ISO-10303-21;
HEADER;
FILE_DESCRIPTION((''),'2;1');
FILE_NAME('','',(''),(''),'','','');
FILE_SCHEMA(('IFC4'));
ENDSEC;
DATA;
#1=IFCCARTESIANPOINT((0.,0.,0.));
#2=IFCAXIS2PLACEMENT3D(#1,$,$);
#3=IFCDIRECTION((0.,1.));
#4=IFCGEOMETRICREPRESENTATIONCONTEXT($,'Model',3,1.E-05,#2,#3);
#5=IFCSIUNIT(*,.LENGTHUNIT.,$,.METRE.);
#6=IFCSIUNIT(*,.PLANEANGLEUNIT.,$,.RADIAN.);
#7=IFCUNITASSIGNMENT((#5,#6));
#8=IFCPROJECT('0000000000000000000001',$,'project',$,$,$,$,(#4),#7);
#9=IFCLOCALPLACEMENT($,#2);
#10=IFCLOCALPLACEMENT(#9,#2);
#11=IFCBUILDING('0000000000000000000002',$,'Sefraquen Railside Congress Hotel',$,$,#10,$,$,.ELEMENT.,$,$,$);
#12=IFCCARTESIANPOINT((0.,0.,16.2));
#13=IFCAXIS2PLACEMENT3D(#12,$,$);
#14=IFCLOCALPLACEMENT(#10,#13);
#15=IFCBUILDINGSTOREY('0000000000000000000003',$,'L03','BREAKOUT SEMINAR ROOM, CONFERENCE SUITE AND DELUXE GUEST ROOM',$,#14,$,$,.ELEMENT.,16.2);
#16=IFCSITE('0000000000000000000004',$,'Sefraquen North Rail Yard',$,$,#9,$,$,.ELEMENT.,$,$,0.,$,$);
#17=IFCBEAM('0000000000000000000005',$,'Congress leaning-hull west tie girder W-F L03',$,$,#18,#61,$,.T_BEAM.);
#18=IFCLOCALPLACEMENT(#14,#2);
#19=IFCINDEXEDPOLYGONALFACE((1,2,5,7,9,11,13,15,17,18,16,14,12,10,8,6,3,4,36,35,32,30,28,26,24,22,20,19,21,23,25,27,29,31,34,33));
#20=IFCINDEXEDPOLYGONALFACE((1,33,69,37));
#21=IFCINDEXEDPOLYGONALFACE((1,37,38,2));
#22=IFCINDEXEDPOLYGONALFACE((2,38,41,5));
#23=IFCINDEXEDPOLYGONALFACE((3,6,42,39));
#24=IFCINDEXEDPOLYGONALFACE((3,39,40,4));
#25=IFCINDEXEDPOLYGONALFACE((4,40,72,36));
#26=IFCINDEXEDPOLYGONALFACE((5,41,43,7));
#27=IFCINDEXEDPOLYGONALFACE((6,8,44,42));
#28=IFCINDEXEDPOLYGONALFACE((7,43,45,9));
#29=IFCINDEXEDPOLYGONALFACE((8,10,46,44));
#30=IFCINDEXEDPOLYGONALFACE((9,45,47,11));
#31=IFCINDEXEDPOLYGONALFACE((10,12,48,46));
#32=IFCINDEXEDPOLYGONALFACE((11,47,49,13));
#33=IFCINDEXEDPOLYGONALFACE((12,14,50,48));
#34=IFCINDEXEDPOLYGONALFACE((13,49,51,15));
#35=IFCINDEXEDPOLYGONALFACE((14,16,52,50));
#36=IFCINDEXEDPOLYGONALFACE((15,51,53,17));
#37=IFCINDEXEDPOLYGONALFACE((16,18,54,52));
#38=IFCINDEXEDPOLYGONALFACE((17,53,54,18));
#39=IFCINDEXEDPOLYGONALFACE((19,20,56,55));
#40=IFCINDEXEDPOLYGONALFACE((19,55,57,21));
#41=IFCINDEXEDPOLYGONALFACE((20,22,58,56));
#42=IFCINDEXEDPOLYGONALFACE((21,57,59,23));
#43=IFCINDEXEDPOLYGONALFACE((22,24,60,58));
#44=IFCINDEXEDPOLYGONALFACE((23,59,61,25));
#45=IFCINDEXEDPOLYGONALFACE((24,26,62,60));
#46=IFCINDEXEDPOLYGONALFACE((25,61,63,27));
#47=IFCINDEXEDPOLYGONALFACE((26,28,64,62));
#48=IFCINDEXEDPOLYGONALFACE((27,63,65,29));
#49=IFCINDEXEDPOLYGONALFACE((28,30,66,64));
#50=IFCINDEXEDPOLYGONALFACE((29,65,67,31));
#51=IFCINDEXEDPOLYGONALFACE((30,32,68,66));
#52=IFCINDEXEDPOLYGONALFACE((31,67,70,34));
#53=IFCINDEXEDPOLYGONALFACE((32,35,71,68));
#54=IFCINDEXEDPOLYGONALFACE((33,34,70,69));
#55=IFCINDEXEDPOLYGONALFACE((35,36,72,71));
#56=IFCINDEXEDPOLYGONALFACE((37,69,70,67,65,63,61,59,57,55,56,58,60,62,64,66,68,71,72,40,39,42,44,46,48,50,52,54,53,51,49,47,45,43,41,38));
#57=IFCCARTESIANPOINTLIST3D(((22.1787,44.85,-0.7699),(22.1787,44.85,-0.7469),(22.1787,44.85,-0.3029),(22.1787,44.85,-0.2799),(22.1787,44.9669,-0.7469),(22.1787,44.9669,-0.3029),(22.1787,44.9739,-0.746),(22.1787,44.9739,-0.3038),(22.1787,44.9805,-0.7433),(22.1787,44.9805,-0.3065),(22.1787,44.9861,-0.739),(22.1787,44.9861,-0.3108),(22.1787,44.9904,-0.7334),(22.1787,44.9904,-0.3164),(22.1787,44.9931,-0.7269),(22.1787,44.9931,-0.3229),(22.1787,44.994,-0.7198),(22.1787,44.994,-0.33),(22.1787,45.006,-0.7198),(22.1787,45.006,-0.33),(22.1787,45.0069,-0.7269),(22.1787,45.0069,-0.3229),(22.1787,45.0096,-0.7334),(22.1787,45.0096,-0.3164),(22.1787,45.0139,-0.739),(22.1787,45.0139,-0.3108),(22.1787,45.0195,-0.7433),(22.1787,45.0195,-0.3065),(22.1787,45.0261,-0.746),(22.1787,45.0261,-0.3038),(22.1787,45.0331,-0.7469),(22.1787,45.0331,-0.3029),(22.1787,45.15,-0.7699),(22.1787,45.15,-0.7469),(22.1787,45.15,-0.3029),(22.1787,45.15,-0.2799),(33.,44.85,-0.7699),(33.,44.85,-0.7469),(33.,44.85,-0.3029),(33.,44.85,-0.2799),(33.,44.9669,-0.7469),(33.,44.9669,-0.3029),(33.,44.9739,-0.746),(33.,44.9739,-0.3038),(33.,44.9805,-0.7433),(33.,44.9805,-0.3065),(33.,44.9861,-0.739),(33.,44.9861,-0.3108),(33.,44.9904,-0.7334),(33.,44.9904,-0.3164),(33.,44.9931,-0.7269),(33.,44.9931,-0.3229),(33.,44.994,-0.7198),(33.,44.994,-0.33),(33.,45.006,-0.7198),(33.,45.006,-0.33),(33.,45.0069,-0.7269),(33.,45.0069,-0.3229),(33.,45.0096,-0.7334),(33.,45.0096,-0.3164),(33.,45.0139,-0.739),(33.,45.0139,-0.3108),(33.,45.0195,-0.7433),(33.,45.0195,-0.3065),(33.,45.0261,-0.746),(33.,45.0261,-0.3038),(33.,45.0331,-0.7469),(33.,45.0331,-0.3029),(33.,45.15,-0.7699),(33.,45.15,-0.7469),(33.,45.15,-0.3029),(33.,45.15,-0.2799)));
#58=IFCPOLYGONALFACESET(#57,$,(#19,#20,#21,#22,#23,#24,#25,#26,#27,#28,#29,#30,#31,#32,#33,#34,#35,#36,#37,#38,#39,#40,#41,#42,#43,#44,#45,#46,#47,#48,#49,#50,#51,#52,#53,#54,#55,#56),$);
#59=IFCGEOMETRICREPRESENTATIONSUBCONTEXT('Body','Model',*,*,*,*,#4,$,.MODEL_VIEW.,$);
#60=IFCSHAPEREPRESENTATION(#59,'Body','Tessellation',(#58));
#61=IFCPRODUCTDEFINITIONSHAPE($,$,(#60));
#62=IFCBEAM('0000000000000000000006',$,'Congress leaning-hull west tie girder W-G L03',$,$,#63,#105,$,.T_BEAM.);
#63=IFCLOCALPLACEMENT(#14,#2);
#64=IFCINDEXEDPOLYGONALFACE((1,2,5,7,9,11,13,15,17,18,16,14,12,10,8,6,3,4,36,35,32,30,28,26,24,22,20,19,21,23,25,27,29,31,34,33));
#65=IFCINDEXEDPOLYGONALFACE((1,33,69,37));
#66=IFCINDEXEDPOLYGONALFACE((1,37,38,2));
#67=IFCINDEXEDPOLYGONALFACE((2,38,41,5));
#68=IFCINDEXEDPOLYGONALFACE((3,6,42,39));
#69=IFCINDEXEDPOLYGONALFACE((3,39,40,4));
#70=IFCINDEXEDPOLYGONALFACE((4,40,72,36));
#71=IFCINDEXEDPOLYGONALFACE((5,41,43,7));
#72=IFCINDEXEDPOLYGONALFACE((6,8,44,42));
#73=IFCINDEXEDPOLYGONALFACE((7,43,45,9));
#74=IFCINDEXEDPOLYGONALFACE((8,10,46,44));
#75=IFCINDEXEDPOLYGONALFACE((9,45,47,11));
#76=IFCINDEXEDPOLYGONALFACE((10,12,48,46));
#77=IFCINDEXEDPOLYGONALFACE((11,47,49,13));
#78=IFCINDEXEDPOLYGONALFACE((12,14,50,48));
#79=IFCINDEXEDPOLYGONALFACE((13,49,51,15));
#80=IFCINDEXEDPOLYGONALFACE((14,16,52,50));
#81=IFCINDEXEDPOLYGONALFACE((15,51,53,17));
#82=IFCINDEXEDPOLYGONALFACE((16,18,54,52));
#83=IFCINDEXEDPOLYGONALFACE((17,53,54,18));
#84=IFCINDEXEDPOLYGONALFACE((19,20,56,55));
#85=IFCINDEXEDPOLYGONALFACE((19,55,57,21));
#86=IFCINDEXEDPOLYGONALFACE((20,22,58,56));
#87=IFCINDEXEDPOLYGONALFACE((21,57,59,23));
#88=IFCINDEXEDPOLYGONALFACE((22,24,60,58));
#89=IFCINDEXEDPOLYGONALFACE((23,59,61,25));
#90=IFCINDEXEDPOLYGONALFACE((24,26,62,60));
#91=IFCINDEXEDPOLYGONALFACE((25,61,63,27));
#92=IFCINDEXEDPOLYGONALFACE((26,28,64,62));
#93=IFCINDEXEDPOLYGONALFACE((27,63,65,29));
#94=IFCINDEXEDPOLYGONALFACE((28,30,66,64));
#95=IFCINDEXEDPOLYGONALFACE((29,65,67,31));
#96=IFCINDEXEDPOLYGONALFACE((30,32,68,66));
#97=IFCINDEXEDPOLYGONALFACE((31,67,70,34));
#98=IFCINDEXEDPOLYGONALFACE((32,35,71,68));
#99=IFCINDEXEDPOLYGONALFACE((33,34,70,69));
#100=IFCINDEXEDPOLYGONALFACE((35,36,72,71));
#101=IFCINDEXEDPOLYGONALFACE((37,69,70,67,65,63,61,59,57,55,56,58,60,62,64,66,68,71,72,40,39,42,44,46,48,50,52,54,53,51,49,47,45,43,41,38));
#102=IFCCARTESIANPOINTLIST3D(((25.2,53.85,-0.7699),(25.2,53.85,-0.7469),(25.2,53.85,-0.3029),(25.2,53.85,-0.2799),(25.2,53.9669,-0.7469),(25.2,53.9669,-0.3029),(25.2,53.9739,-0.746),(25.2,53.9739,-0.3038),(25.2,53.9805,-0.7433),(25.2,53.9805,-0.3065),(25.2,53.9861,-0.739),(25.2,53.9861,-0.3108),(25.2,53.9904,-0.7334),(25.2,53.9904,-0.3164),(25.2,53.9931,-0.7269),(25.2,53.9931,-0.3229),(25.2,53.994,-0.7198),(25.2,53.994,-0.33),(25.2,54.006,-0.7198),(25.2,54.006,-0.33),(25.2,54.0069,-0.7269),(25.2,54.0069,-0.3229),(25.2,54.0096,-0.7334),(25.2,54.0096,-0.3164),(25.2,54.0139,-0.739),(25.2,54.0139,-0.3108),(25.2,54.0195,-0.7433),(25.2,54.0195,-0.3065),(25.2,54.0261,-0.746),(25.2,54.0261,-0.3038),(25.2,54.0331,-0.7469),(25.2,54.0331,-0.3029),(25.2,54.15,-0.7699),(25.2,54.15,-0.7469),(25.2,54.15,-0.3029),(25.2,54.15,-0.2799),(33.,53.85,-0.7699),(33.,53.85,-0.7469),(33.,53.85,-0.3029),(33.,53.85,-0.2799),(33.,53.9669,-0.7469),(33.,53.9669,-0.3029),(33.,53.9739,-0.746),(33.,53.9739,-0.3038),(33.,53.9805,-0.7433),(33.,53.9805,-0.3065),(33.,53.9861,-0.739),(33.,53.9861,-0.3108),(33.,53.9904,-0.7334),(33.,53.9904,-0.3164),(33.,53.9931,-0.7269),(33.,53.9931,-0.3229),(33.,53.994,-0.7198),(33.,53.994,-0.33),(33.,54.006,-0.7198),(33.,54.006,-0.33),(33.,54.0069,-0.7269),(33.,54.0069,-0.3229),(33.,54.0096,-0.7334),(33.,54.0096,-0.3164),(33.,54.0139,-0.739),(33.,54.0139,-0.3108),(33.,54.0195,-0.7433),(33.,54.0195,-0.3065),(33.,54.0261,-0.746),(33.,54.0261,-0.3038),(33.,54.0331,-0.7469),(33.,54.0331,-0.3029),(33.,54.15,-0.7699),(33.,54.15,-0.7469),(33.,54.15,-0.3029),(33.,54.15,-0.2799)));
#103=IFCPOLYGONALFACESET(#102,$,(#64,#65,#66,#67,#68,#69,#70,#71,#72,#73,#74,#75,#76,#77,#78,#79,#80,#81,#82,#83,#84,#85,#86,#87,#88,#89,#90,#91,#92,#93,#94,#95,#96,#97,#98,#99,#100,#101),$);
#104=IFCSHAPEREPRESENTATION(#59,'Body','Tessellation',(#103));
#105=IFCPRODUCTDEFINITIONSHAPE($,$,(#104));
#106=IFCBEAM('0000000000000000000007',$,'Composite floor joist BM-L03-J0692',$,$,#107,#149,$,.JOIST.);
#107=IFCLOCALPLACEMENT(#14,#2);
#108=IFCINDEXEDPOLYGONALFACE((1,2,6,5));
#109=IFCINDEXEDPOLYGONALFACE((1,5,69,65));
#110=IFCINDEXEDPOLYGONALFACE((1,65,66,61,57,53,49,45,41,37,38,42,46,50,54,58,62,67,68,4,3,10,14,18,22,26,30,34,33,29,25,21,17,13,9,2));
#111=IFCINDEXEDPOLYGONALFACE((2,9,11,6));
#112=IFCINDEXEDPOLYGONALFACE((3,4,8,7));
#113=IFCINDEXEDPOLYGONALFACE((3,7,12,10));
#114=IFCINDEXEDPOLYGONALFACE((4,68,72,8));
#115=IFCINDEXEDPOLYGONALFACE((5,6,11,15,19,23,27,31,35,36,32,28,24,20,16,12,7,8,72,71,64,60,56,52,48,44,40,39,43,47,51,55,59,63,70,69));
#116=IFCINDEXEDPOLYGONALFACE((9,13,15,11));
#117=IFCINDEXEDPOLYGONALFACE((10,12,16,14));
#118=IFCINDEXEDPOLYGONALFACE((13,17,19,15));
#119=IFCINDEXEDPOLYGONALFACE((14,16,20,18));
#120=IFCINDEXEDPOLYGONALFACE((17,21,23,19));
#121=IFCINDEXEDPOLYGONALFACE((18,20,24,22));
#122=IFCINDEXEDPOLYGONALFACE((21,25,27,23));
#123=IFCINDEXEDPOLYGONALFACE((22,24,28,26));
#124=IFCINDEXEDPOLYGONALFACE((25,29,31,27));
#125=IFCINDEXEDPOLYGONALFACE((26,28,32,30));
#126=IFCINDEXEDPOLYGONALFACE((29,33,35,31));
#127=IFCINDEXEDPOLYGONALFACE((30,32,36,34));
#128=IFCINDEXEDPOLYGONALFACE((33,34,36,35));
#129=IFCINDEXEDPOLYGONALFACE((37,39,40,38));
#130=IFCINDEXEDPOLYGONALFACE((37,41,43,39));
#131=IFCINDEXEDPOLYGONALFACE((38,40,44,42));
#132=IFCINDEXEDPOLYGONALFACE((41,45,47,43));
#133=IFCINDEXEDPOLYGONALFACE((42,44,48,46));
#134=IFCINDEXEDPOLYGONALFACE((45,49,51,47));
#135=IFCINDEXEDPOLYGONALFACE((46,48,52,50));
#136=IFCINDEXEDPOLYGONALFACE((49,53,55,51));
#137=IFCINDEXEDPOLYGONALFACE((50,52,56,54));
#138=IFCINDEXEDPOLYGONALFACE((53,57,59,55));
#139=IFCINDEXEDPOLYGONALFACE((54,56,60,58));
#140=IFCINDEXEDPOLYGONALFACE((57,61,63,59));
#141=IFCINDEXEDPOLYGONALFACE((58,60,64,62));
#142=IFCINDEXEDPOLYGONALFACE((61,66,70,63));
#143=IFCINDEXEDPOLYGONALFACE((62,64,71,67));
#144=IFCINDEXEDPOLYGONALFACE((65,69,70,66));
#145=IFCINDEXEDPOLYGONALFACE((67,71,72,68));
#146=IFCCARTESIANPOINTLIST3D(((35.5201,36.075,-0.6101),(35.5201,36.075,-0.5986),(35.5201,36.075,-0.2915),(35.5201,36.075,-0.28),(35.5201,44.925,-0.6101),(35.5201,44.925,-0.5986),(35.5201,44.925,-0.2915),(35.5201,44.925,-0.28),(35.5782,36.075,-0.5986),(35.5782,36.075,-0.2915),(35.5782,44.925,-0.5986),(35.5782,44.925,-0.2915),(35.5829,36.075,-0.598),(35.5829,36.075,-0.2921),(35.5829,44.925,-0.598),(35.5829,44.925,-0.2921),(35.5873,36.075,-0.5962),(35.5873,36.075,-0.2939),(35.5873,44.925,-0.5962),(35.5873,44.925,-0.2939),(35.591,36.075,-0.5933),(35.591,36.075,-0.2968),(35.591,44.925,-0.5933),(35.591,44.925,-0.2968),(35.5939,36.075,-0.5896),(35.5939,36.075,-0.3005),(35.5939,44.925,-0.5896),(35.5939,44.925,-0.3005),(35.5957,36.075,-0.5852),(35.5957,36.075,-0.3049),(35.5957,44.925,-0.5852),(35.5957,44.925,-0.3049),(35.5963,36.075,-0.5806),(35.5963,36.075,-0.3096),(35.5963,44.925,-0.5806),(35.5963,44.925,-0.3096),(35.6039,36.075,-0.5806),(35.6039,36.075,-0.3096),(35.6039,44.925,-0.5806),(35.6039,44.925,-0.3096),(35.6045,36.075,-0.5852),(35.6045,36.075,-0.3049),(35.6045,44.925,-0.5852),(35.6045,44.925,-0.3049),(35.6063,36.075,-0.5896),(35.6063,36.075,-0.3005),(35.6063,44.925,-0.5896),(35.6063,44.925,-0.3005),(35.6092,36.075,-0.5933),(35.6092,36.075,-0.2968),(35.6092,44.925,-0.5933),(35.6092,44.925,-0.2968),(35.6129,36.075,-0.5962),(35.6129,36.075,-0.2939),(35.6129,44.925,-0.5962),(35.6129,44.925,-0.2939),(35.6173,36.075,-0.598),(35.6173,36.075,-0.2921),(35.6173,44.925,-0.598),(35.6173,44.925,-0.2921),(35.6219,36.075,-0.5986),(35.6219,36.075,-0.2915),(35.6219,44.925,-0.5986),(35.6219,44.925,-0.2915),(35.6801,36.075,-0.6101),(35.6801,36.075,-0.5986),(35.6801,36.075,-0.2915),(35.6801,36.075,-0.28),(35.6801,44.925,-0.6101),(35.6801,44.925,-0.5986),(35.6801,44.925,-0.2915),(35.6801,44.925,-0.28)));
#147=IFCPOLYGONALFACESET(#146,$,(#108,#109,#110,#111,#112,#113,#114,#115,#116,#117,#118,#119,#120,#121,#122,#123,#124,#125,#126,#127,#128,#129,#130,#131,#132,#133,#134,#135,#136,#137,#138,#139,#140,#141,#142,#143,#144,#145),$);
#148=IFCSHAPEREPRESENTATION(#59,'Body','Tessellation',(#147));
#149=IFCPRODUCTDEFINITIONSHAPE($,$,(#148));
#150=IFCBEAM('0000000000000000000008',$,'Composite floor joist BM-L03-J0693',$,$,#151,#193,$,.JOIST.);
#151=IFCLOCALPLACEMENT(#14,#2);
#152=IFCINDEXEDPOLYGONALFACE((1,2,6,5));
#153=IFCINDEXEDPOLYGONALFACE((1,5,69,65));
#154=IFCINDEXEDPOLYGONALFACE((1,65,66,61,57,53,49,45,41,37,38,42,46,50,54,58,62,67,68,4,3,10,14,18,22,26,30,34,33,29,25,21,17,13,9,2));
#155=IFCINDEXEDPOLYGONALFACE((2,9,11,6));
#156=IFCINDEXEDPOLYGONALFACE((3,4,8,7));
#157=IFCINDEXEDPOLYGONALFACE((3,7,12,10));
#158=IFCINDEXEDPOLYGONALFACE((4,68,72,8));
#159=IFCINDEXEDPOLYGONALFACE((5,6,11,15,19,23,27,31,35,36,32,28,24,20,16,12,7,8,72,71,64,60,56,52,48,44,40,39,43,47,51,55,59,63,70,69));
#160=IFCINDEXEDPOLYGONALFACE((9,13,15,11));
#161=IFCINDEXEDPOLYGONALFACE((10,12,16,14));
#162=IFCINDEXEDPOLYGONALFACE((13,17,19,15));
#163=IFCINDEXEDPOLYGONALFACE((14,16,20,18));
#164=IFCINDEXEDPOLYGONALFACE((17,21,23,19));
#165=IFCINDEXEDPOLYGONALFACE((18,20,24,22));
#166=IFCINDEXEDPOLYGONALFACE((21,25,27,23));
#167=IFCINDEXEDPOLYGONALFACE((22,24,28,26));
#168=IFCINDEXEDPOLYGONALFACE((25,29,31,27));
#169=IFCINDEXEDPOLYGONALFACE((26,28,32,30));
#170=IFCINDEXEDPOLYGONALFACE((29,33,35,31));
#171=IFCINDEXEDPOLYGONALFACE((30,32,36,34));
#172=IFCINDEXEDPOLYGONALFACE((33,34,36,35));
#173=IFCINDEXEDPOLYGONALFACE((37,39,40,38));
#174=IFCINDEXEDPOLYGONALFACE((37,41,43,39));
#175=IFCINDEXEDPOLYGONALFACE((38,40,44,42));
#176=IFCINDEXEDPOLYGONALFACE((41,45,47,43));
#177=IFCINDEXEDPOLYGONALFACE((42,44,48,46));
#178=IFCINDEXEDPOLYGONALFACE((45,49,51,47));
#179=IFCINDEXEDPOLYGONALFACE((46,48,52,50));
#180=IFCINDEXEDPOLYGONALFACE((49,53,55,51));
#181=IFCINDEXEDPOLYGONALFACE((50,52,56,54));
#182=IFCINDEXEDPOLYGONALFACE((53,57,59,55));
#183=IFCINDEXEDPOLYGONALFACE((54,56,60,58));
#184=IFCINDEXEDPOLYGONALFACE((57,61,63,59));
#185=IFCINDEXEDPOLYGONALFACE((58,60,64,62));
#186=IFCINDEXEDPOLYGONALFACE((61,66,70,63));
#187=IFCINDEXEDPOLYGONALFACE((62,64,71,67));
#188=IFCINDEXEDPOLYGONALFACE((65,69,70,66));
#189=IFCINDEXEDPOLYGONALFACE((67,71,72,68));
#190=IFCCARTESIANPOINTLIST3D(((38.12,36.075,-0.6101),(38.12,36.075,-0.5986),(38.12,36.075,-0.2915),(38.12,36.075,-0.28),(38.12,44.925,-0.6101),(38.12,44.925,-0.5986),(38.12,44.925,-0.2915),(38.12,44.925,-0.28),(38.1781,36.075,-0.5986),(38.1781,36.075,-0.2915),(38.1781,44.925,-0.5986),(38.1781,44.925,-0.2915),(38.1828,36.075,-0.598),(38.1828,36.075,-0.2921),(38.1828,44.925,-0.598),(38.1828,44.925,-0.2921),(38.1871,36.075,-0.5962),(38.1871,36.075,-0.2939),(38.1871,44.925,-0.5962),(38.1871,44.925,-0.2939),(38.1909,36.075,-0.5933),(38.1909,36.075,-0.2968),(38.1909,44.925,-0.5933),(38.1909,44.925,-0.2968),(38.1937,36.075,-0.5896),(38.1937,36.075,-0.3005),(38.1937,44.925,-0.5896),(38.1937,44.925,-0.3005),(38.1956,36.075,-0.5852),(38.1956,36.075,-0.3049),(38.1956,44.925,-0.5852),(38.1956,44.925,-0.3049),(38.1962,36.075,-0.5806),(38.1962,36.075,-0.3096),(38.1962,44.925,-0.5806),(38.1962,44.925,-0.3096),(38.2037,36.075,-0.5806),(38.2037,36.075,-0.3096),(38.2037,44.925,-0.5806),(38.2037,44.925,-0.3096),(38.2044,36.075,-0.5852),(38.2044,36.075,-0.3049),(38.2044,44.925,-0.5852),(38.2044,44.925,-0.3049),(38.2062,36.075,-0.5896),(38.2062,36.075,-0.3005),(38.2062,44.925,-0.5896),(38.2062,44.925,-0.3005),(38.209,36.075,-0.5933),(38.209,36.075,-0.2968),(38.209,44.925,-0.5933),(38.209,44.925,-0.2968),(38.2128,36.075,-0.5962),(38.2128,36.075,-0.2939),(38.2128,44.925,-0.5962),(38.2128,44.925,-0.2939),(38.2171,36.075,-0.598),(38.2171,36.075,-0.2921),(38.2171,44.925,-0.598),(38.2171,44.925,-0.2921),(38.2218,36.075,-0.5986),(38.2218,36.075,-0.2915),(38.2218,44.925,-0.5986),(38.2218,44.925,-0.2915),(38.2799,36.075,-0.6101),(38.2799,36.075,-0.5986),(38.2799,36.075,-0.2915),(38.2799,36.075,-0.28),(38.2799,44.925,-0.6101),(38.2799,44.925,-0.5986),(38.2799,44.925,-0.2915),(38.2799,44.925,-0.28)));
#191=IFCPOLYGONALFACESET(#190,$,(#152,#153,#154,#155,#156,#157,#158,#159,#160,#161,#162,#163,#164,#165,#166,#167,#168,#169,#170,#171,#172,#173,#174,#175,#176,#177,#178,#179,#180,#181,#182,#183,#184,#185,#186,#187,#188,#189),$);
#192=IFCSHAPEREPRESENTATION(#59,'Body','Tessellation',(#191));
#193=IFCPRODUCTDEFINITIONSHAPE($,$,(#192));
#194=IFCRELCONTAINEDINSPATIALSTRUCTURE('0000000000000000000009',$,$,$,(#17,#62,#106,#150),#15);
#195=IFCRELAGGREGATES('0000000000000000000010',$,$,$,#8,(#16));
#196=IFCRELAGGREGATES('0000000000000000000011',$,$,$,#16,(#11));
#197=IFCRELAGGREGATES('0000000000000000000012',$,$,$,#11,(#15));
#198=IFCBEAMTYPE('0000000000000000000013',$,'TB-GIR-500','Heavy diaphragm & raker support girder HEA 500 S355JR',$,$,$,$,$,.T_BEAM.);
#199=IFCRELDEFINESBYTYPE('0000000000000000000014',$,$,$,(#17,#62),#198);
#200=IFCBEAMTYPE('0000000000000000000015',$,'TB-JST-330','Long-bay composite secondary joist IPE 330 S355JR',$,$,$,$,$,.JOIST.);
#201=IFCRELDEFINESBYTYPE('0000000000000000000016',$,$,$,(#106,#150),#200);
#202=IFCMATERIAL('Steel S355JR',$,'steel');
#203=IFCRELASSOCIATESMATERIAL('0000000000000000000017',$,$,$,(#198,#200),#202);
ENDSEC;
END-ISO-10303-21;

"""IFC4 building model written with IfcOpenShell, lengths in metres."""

from ifc_helpers import new_model, si_unit, direction, frame, origin, origin_2d, place, context, subcontext, project, spatial, i_section, extrude, material, material_profile, profile_set, type_object, element, save


model = new_model("IFC4")

# Units and contexts
model_context = context("Model", 3, precision=1e-05, world=origin(), true_north=direction((0.0, 1.0)))
body_context = subcontext(model_context, "Body", "Model", "MODEL_VIEW")
ifc_project = project(units=[si_unit("LENGTHUNIT", "METRE"), si_unit("PLANEANGLEUNIT", "RADIAN")], contexts=[model_context])

# Site, building, storey
site_placement = place(None, origin())
site = spatial("IfcSite", under=ifc_project, at=site_placement, Name="Sefraquen North Rail Yard", CompositionType="ELEMENT", RefElevation=0.0)
building_placement = place(site_placement, origin())
building = spatial("IfcBuilding", under=site, at=building_placement, Name="Sefraquen Railside Congress Hotel", CompositionType="ELEMENT")
storey_placement = place(building_placement, frame((0.0, 0.0, 16.2)))
storey = spatial("IfcBuildingStorey", under=building, at=storey_placement, Name="L03", Description="BREAKOUT SEMINAR ROOM, CONFERENCE SUITE AND DELUXE GUEST ROOM", CompositionType="ELEMENT", Elevation=16.2)

# Beams
ifc_material_1 = material(Name="Steel S355JR", Category="steel")
ifc_material_profile_1 = material_profile(ifc_material_1, i_section(OverallWidth=0.3, OverallDepth=0.49, WebThickness=0.012, FlangeThickness=0.0229, FilletRadius=0.0271, at=origin_2d()), Name="HEA 500")
ifc_profile_set_1 = profile_set([ifc_material_profile_1], Name="Steel S355JR")
beam_type_1 = type_object("IfcBeamType", Name="TB-GIR-500", Description="Heavy diaphragm & raker support girder HEA 500 S355JR", PredefinedType="T_BEAM", material=ifc_profile_set_1)
beam_1_placement = place(storey_placement, frame((22.1787, 45.0, -0.5249), z_axis=(1.0, 0.0, 0.0), x_axis=(0.0, 1.0, 0.0)))
element("IfcBeam", 1, at=beam_1_placement, inside=storey, type_object=beam_type_1, Name="Congress leaning-hull west tie girder W-F L03", PredefinedType="T_BEAM", context=body_context, shape_type="SweptSolid", body=[
    extrude(i_section(OverallWidth=0.3, OverallDepth=0.49, WebThickness=0.012, FlangeThickness=0.0229, FilletRadius=0.0271, at=origin_2d()), origin(), (0.0, 0.0, 1.0), 10.8213),
])
beam_2_placement = place(storey_placement, frame((25.2, 54.0, -0.5249), z_axis=(1.0, 0.0, 0.0), x_axis=(0.0, 1.0, 0.0)))
element("IfcBeam", 2, at=beam_2_placement, inside=storey, type_object=beam_type_1, Name="Congress leaning-hull west tie girder W-G L03", PredefinedType="T_BEAM", context=body_context, shape_type="SweptSolid", body=[
    extrude(i_section(OverallWidth=0.3, OverallDepth=0.49, WebThickness=0.012, FlangeThickness=0.0229, FilletRadius=0.0271, at=origin_2d()), origin(), (0.0, 0.0, 1.0), 7.8),
])
ifc_material_profile_2 = material_profile(ifc_material_1, i_section(OverallWidth=0.1599, OverallDepth=0.3301, WebThickness=0.0076, FlangeThickness=0.0115, FilletRadius=0.0181, at=origin_2d()), Name="IPE 330")
ifc_profile_set_2 = profile_set([ifc_material_profile_2], Name="Steel S355JR")
beam_type_2 = type_object("IfcBeamType", Name="TB-JST-330", Description="Long-bay composite secondary joist IPE 330 S355JR", PredefinedType="JOIST", material=ifc_profile_set_2)
for number, where, z_axis, x_axis, name in (
    (3, (35.6001, 36.075, -0.4451), (0.0, 1.0, 0.0), (-1.0, 0.0, 0.0), "Composite floor joist BM-L03-J0692"),
    (4, (38.2, 36.075, -0.4451), (0.0, 1.0, 0.0), (-1.0, 0.0, 0.0), "Composite floor joist BM-L03-J0693"),
):
    element("IfcBeam", number, at=place(storey_placement, frame(where, z_axis=z_axis, x_axis=x_axis)), inside=storey, type_object=beam_type_2, Name=name, PredefinedType="JOIST", context=body_context, shape_type="SweptSolid", body=[
        extrude(i_section(OverallWidth=0.1599, OverallDepth=0.3301, WebThickness=0.0076, FlangeThickness=0.0115, FilletRadius=0.0181, at=origin_2d()), origin(), (0.0, 0.0, 1.0), 8.8501),
    ])

save(model, "model.ifc")
